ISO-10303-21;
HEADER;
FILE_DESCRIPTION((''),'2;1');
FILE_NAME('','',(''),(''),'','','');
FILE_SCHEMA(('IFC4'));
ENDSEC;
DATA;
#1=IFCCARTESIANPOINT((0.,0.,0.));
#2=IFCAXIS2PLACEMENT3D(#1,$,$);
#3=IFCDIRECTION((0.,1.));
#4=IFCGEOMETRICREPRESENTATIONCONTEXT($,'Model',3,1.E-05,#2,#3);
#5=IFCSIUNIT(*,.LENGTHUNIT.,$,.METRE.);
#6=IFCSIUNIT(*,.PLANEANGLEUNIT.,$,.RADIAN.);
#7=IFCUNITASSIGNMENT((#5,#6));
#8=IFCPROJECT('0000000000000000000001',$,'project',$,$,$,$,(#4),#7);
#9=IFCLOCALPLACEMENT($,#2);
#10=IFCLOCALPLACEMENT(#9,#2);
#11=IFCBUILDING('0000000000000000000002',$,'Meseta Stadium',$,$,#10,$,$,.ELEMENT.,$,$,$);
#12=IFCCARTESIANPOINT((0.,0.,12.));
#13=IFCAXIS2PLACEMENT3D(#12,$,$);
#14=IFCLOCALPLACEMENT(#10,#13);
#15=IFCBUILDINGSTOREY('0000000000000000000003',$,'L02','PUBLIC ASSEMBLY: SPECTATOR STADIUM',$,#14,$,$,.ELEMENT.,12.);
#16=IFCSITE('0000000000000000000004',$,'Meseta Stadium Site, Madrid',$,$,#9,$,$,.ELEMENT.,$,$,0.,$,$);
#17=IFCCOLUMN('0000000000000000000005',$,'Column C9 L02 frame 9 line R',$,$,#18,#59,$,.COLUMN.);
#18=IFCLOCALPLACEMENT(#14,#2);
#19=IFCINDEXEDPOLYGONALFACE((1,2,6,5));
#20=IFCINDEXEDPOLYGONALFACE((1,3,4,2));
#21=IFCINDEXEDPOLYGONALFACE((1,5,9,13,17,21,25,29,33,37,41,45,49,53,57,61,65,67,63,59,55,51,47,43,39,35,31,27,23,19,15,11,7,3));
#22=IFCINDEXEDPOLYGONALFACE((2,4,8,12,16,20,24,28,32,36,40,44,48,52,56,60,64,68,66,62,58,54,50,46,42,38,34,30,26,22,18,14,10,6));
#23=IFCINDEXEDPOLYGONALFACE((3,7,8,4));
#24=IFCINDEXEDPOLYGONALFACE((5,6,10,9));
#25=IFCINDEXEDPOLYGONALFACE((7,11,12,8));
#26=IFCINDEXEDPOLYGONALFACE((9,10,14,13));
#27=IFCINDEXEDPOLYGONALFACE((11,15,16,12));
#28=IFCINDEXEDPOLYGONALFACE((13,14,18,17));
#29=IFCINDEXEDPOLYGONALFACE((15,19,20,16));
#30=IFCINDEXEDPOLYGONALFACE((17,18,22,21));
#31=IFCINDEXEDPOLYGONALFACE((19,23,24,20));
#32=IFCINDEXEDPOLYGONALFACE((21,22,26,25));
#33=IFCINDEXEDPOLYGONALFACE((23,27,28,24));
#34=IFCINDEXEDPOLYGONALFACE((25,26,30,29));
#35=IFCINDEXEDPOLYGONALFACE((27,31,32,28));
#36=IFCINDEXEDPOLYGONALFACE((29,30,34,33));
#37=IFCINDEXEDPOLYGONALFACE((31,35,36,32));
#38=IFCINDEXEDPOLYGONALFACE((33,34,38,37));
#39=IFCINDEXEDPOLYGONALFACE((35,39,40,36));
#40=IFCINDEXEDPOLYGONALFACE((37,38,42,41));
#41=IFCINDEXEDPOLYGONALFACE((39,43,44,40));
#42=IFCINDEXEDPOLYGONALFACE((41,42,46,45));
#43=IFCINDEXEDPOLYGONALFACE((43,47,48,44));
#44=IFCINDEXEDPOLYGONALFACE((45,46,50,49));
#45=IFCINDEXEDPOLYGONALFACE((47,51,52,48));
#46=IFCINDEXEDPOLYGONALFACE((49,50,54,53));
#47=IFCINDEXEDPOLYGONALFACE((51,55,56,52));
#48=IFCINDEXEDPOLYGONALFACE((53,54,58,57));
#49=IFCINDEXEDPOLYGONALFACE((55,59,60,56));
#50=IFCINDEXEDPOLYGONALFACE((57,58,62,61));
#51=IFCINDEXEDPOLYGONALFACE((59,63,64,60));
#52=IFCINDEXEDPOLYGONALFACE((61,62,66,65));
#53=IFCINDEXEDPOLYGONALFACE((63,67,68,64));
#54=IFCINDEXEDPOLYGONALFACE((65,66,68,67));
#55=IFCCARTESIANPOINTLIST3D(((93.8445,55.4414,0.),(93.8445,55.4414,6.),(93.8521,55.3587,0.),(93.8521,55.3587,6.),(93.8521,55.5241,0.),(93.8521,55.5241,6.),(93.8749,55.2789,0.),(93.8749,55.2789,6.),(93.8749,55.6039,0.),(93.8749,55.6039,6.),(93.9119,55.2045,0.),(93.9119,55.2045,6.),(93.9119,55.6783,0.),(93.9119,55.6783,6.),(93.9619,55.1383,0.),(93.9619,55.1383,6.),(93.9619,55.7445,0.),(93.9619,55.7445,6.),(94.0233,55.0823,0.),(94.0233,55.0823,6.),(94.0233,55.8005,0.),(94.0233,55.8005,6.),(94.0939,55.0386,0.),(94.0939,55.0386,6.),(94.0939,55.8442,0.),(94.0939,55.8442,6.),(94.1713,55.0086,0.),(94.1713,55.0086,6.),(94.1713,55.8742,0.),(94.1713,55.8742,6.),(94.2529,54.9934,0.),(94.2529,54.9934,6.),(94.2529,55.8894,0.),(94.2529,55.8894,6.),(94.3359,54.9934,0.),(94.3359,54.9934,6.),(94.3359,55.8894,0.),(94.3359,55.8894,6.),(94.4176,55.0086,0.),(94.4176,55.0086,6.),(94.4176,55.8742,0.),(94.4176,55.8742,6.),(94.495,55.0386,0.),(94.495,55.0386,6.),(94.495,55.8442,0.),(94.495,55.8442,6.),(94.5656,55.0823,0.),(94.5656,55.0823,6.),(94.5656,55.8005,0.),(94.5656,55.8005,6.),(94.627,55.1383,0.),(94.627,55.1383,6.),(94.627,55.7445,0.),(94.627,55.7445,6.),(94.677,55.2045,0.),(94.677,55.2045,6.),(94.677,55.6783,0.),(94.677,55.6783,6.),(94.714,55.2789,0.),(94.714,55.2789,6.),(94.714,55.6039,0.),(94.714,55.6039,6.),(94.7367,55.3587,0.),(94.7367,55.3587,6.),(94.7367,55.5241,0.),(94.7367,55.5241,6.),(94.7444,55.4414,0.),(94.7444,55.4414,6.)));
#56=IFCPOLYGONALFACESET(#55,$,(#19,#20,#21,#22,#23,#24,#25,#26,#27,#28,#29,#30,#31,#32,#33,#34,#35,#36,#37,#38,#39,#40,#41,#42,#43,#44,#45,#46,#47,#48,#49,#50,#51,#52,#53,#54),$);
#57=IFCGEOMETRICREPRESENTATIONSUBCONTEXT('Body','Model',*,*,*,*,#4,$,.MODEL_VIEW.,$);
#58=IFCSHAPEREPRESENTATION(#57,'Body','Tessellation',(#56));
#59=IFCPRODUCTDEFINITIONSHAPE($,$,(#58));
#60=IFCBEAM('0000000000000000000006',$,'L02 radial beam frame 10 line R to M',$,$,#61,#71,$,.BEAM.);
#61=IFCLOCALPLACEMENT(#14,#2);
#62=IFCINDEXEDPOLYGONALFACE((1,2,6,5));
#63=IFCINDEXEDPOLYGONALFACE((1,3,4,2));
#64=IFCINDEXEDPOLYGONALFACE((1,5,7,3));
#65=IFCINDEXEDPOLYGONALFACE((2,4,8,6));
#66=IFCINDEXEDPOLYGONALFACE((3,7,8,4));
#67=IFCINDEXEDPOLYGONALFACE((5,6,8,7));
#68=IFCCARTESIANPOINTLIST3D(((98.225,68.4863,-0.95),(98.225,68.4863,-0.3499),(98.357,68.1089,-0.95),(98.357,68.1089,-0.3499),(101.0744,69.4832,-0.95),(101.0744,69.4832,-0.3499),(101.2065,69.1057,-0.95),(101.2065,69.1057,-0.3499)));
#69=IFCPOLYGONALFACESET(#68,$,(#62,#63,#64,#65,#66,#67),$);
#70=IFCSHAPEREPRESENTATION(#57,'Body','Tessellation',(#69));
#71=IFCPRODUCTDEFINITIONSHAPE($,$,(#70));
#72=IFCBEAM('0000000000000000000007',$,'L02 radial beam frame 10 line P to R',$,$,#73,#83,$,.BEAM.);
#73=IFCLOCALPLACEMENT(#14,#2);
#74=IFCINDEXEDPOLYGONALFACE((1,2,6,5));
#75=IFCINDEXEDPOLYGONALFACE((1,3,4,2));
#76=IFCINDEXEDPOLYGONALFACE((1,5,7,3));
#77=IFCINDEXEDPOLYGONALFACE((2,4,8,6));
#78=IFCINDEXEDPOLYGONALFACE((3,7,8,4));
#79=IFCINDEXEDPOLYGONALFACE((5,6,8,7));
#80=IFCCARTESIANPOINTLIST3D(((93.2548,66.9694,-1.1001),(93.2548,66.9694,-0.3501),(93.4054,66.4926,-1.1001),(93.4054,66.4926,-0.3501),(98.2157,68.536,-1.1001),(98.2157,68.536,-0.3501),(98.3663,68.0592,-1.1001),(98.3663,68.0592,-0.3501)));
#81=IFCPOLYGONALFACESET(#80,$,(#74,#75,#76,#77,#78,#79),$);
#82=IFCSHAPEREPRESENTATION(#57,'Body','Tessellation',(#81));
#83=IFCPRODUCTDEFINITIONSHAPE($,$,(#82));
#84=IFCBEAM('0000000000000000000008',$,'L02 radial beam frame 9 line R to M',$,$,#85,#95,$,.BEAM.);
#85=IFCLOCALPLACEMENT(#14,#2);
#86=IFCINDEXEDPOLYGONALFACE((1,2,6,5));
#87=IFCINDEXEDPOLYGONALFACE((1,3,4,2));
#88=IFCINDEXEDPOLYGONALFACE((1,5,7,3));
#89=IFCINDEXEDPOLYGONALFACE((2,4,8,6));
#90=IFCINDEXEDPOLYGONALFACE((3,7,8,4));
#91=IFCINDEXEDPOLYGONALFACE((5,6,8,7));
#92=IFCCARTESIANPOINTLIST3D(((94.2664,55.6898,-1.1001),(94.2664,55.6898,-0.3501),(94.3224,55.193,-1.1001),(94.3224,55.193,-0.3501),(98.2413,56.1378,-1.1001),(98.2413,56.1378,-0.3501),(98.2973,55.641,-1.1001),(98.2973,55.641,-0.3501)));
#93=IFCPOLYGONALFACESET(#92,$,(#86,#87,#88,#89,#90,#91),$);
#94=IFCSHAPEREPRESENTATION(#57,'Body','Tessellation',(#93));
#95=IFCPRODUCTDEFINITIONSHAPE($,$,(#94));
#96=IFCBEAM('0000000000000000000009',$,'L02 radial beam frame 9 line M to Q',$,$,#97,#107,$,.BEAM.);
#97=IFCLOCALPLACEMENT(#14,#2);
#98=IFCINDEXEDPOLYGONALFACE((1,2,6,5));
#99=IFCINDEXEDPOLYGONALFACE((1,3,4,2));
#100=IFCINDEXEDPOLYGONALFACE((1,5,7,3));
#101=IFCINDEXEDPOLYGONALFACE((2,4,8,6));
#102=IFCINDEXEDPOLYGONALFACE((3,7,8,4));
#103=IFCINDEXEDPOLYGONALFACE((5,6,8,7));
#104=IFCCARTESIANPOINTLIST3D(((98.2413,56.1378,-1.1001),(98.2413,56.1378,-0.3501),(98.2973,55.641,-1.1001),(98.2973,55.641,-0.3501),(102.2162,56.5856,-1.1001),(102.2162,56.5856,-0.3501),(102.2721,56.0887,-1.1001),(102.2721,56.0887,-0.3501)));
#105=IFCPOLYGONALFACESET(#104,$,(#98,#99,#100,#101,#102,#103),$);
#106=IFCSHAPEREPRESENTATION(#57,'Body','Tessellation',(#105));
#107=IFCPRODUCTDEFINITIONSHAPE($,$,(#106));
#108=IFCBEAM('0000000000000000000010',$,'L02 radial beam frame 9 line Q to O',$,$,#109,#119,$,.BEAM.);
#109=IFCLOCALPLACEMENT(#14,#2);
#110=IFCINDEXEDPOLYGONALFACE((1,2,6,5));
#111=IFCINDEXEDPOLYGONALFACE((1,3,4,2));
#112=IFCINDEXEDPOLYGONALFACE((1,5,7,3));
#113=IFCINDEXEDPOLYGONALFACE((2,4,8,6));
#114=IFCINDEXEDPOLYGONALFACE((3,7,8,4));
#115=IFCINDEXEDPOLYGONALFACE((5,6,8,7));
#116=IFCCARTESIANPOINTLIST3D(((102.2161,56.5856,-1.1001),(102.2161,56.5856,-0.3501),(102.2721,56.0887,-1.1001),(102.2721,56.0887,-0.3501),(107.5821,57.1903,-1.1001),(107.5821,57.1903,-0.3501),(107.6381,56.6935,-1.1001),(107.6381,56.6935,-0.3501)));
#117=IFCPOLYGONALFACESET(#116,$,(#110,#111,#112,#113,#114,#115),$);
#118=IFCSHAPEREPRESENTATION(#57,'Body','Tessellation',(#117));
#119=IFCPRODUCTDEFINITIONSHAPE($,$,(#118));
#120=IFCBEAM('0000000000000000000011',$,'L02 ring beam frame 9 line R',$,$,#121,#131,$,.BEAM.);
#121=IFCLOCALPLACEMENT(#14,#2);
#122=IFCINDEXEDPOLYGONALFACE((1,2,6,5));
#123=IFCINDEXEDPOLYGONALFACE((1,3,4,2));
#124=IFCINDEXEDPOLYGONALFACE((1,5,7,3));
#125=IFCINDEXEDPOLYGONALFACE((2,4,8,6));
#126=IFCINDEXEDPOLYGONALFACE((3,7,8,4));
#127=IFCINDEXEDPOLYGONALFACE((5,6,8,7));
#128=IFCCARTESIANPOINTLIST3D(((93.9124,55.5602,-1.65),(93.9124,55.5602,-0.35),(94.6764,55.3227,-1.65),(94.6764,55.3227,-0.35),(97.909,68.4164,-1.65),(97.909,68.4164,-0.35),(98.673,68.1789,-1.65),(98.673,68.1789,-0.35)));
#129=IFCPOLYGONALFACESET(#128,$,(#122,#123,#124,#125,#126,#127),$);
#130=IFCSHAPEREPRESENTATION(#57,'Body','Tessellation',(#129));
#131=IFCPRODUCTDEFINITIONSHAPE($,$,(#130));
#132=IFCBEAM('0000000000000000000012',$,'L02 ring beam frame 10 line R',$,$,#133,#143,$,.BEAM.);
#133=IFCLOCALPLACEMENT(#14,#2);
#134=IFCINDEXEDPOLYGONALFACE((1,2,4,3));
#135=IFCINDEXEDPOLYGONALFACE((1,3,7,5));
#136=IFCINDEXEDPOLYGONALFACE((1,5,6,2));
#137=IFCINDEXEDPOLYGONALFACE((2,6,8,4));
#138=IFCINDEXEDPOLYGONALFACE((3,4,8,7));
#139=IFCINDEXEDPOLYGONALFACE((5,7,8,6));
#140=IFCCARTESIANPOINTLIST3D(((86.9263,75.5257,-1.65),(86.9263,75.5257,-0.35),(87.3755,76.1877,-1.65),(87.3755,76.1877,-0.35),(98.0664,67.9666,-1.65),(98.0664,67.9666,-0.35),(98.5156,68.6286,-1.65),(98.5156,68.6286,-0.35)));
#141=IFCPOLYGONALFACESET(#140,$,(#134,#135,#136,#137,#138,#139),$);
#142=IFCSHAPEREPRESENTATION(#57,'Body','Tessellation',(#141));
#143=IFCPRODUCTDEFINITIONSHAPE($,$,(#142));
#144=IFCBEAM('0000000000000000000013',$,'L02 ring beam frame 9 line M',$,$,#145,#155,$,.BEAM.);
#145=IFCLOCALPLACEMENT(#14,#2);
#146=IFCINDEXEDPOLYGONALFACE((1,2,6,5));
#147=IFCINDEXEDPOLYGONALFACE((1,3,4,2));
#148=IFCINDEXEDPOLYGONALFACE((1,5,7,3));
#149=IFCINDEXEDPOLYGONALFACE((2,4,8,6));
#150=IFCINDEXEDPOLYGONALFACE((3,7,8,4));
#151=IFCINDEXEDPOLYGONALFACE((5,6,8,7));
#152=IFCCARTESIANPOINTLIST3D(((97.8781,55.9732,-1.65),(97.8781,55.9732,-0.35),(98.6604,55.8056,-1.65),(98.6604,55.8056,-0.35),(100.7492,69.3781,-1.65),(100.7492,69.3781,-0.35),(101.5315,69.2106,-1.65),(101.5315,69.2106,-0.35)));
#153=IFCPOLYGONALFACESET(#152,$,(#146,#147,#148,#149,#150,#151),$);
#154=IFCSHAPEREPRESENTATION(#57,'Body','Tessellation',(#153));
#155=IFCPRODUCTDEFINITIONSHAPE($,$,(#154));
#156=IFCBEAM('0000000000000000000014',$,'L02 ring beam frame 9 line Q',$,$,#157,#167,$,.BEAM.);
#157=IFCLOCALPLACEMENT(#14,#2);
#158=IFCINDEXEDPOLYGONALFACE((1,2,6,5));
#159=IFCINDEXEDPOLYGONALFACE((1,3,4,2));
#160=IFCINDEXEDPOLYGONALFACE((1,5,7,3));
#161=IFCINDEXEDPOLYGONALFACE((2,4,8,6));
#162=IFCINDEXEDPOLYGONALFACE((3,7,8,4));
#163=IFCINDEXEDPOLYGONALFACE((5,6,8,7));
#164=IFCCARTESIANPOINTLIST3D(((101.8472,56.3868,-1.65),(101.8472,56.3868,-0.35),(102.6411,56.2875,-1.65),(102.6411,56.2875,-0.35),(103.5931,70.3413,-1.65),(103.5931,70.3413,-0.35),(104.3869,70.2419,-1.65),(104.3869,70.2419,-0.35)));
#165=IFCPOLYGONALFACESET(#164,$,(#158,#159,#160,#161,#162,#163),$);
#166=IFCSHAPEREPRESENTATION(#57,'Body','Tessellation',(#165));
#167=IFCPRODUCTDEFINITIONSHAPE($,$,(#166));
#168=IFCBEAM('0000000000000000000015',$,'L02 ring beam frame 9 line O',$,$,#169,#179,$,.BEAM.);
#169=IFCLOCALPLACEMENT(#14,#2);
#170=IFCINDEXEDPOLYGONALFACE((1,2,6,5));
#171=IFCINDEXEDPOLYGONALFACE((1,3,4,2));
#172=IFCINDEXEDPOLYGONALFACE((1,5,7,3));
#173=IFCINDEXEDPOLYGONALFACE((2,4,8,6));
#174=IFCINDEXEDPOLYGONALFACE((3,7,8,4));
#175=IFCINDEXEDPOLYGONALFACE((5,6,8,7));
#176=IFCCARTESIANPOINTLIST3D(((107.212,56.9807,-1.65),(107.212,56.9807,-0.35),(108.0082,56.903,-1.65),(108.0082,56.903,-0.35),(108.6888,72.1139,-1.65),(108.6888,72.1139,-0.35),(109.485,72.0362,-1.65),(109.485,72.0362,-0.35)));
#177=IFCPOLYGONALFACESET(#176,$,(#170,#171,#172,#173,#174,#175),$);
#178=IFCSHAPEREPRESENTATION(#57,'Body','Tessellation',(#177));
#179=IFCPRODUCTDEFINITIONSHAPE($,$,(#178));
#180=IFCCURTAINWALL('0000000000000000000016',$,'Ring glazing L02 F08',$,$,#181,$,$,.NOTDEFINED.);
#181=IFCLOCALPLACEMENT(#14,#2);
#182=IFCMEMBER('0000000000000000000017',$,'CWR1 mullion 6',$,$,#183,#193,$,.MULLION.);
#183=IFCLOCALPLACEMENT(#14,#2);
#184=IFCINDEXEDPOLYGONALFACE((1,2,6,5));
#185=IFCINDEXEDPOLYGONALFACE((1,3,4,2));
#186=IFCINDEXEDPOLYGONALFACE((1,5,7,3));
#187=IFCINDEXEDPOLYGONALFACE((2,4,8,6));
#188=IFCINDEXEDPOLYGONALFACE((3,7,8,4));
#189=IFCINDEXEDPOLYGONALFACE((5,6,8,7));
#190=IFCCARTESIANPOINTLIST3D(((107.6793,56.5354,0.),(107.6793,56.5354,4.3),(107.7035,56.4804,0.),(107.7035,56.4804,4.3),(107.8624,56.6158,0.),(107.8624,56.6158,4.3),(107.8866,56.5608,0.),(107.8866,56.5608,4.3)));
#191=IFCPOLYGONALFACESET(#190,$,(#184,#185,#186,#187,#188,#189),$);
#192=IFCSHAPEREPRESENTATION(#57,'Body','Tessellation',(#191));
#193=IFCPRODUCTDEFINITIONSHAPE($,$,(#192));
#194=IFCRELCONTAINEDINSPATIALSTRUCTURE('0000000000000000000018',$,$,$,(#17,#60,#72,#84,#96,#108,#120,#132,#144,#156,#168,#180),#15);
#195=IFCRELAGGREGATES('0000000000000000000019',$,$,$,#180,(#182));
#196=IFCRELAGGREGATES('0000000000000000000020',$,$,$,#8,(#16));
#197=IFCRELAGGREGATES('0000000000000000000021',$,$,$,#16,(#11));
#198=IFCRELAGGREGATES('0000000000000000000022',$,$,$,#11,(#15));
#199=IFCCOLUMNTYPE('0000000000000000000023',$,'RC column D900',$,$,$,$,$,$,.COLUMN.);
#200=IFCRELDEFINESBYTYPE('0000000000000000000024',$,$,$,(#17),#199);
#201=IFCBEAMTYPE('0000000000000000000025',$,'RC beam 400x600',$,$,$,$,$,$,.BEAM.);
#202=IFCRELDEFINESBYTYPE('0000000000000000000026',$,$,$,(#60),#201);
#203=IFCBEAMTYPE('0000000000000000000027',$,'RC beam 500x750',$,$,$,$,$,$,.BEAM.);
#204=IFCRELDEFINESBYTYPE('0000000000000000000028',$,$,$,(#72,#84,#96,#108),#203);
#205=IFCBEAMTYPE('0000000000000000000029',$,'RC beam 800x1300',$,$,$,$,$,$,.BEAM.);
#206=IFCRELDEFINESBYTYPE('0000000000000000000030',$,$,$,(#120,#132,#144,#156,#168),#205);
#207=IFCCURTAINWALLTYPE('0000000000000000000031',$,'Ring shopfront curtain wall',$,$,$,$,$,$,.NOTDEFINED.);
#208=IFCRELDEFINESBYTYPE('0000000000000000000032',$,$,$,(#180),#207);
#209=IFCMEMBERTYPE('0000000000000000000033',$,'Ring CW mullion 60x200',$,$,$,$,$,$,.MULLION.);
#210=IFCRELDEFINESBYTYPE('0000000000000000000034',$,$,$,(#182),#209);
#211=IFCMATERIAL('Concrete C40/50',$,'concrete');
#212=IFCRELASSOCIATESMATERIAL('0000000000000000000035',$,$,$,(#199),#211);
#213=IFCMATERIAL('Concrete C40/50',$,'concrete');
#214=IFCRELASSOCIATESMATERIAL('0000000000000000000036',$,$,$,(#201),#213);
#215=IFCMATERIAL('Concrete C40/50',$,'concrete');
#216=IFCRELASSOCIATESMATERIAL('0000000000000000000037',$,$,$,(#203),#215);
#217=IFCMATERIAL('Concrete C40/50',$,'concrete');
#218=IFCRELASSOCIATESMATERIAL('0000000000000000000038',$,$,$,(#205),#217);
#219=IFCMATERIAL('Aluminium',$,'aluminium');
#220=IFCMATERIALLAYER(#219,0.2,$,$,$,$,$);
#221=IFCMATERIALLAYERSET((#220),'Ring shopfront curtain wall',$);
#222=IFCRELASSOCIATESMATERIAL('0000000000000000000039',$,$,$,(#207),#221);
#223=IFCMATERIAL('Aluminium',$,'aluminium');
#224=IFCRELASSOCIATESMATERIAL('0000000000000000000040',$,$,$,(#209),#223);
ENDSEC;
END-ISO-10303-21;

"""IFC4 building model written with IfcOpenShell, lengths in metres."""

from ifc_helpers import new_model, si_unit, direction, frame, origin, origin_2d, place, context, subcontext, project, spatial, rectangle, circle, extrude, material, layer, layer_set, material_profile, profile_set, type_object, element, aggregate, save


model = new_model("IFC4")

# Units and contexts
model_context = context("Model", 3, precision=1e-05, world=origin(), true_north=direction((0.0, 1.0)))
body_context = subcontext(model_context, "Body", "Model", "MODEL_VIEW")
ifc_project = project(units=[si_unit("LENGTHUNIT", "METRE"), si_unit("PLANEANGLEUNIT", "RADIAN")], contexts=[model_context])

# Site, building, storey
site_placement = place(None, origin())
site = spatial("IfcSite", under=ifc_project, at=site_placement, Name="Meseta Stadium Site, Madrid", CompositionType="ELEMENT", RefElevation=0.0)
building_placement = place(site_placement, origin())
building = spatial("IfcBuilding", under=site, at=building_placement, Name="Meseta Stadium", CompositionType="ELEMENT")
storey_placement = place(building_placement, frame((0.0, 0.0, 12.0)))
storey = spatial("IfcBuildingStorey", under=building, at=storey_placement, Name="L02", Description="PUBLIC ASSEMBLY: SPECTATOR STADIUM", CompositionType="ELEMENT", Elevation=12.0)

# Column
ifc_material_1 = material(Name="Concrete C40/50", Category="concrete")
ifc_material_profile_1 = material_profile(ifc_material_1, circle(Radius=0.45, at=origin_2d()), Name="RC D900")
ifc_profile_set_1 = profile_set([ifc_material_profile_1], Name="Concrete C40/50")
column_type_1 = type_object("IfcColumnType", Name="RC column D900", PredefinedType="COLUMN", material=ifc_profile_set_1)
column_1_placement = place(storey_placement, frame((94.2944, 55.4414, 0.0), z_axis=(0.0, 0.0, 1.0), x_axis=(1.0, 0.0, 0.0)))
element("IfcColumn", 1, at=column_1_placement, inside=storey, type_object=column_type_1, Name="Column C9 L02 frame 9 line R", PredefinedType="COLUMN", context=body_context, shape_type="SweptSolid", body=[
    extrude(circle(Radius=0.45, at=origin_2d()), origin(), (0.0, 0.0, 1.0), 6.0),
])

# Beams
ifc_material_2 = material(Name="Concrete C40/50", Category="concrete")
ifc_material_profile_2 = material_profile(ifc_material_2, rectangle(XDim=0.3999, YDim=0.6001, at=origin_2d()), Name="RC 400x600")
ifc_profile_set_2 = profile_set([ifc_material_profile_2], Name="Concrete C40/50")
beam_type_1 = type_object("IfcBeamType", Name="RC beam 400x600", PredefinedType="BEAM", material=ifc_profile_set_2)
beam_1_placement = place(storey_placement, frame((98.291, 68.2976, -0.6499), z_axis=(0.943905, 0.330217, 0.0), x_axis=(-0.330217, 0.943905, 0.0)))
element("IfcBeam", 2, at=beam_1_placement, inside=storey, type_object=beam_type_1, Name="L02 radial beam frame 10 line R to M", PredefinedType="BEAM", context=body_context, shape_type="SweptSolid", body=[
    extrude(rectangle(XDim=0.3999, YDim=0.6001, at=origin_2d()), origin(), (0.0, 0.0, 1.0), 3.0188),
])
ifc_material_3 = material(Name="Concrete C40/50", Category="concrete")
ifc_material_profile_3 = material_profile(ifc_material_3, rectangle(XDim=0.5, YDim=0.75, at=origin_2d()), Name="RC 500x750")
ifc_profile_set_3 = profile_set([ifc_material_profile_3], Name="Concrete C40/50")
beam_type_2 = type_object("IfcBeamType", Name="RC beam 500x750", PredefinedType="BEAM", material=ifc_profile_set_3)
beam_2_placement = place(storey_placement, frame((93.3301, 66.731, -0.7251), z_axis=(0.953581, 0.301138, 0.0), x_axis=(-0.301138, 0.953581, 0.0)))
element("IfcBeam", 3, at=beam_2_placement, inside=storey, type_object=beam_type_2, Name="L02 radial beam frame 10 line P to R", PredefinedType="BEAM", context=body_context, shape_type="SweptSolid", body=[
    extrude(rectangle(XDim=0.5, YDim=0.75, at=origin_2d()), origin(), (0.0, 0.0, 1.0), 5.2024),
])
for number, where, z_axis, x_axis, name in (
    (4, (94.2944, 55.4414, -0.7251), (0.993708, 0.111999, 0.0), (-0.111999, 0.993708, 0.0), "L02 radial beam frame 9 line R to M"),
    (5, (98.2693, 55.8894, -0.7251), (0.993715, 0.111939, 0.0), (-0.111939, 0.993715, 0.0), "L02 radial beam frame 9 line M to Q"),
):
    element("IfcBeam", number, at=place(storey_placement, frame(where, z_axis=z_axis, x_axis=x_axis)), inside=storey, type_object=beam_type_2, Name=name, PredefinedType="BEAM", context=body_context, shape_type="SweptSolid", body=[
        extrude(rectangle(XDim=0.5, YDim=0.75, at=origin_2d()), origin(), (0.0, 0.0, 1.0), 4.0),
    ])
beam_3_placement = place(storey_placement, frame((102.2441, 56.3372, -0.7251), z_axis=(0.993709, 0.11199, 0.0), x_axis=(-0.11199, 0.993709, 0.0)))
element("IfcBeam", 6, at=beam_3_placement, inside=storey, type_object=beam_type_2, Name="L02 radial beam frame 9 line Q to O", PredefinedType="BEAM", context=body_context, shape_type="SweptSolid", body=[
    extrude(rectangle(XDim=0.5, YDim=0.75, at=origin_2d()), origin(), (0.0, 0.0, 1.0), 5.3999),
])
ifc_material_4 = material(Name="Concrete C40/50", Category="concrete")
ifc_material_profile_4 = material_profile(ifc_material_4, rectangle(XDim=0.8, YDim=1.3, at=origin_2d()), Name="RC 800x1300")
ifc_profile_set_4 = profile_set([ifc_material_profile_4], Name="Concrete C40/50")
beam_type_3 = type_object("IfcBeamType", Name="RC beam 800x1300", PredefinedType="BEAM", material=ifc_profile_set_4)
beam_4_placement = place(storey_placement, frame((94.2944, 55.4414, -1.0), z_axis=(0.296855, 0.954923, 0.0), x_axis=(-0.954923, 0.296855, 0.0)))
element("IfcBeam", 7, at=beam_4_placement, inside=storey, type_object=beam_type_3, Name="L02 ring beam frame 9 line R", PredefinedType="BEAM", context=body_context, shape_type="SweptSolid", body=[
    extrude(rectangle(XDim=0.8, YDim=1.3, at=origin_2d()), origin(), (0.0, 0.0, 1.0), 13.4631),
])
beam_5_placement = place(storey_placement, frame((98.291, 68.2976, -1.0), z_axis=(-0.827486, 0.561486, 0.0), x_axis=(-0.561486, -0.827486, 0.0)))
element("IfcBeam", 8, at=beam_5_placement, inside=storey, type_object=beam_type_3, Name="L02 ring beam frame 10 line R", PredefinedType="BEAM", context=body_context, shape_type="SweptSolid", body=[
    extrude(rectangle(XDim=0.8, YDim=1.3, at=origin_2d()), origin(), (0.0, 0.0, 1.0), 13.4626),
])
beam_6_placement = place(storey_placement, frame((98.2693, 55.8894, -1.0), z_axis=(0.209431, 0.977824, 0.0), x_axis=(-0.977824, 0.209431, 0.0)))
element("IfcBeam", 9, at=beam_6_placement, inside=storey, type_object=beam_type_3, Name="L02 ring beam frame 9 line M", PredefinedType="BEAM", context=body_context, shape_type="SweptSolid", body=[
    extrude(rectangle(XDim=0.8, YDim=1.3, at=origin_2d()), origin(), (0.0, 0.0, 1.0), 13.709),
])
beam_7_placement = place(storey_placement, frame((102.2441, 56.3372, -1.0), z_axis=(0.124144, 0.992264, 0.0), x_axis=(-0.992264, 0.124144, 0.0)))
element("IfcBeam", 10, at=beam_7_placement, inside=storey, type_object=beam_type_3, Name="L02 ring beam frame 9 line Q", PredefinedType="BEAM", context=body_context, shape_type="SweptSolid", body=[
    extrude(rectangle(XDim=0.8, YDim=1.3, at=origin_2d()), origin(), (0.0, 0.0, 1.0), 14.0632),
])
beam_8_placement = place(storey_placement, frame((107.6101, 56.9419, -1.0), z_axis=(0.097125, 0.995272, 0.0), x_axis=(-0.995272, 0.097125, 0.0)))
element("IfcBeam", 11, at=beam_8_placement, inside=storey, type_object=beam_type_3, Name="L02 ring beam frame 9 line O", PredefinedType="BEAM", context=body_context, shape_type="SweptSolid", body=[
    extrude(rectangle(XDim=0.8, YDim=1.3, at=origin_2d()), origin(), (0.0, 0.0, 1.0), 15.2051),
])

# Curtain wall, member
ifc_material_5 = material(Name="Aluminium", Category="aluminium")
ifc_layer_1 = layer(ifc_material_5, 0.2)
ifc_layer_set_1 = layer_set([ifc_layer_1], Name="Ring shopfront curtain wall")
curtain_wall_type = type_object("IfcCurtainWallType", Name="Ring shopfront curtain wall", PredefinedType="NOTDEFINED", material=ifc_layer_set_1)
curtain_wall_1_placement = place(storey_placement, origin())
curtain_wall_1 = element("IfcCurtainWall", 12, at=curtain_wall_1_placement, inside=storey, type_object=curtain_wall_type, Name="Ring glazing L02 F08", PredefinedType="NOTDEFINED")
ifc_material_6 = material(Name="Aluminium", Category="aluminium")
ifc_material_profile_5 = material_profile(ifc_material_6, rectangle(XDim=0.2, YDim=0.0601, at=origin_2d()), Name="CW 200x60")
ifc_profile_set_5 = profile_set([ifc_material_profile_5], Name="Aluminium")
member_type_1 = type_object("IfcMemberType", Name="Ring CW mullion 60x200", PredefinedType="MULLION", material=ifc_profile_set_5)
member_1_placement = place(storey_placement, frame((107.783, 56.5481, 0.0), z_axis=(0.0, 0.0, 1.0), x_axis=(-0.915687, -0.401892, 0.0)))
member_1 = element("IfcMember", 13, at=member_1_placement, type_object=member_type_1, Name="CWR1 mullion 6", PredefinedType="MULLION", context=body_context, shape_type="SweptSolid", body=[
    extrude(rectangle(XDim=0.2, YDim=0.0601, at=origin_2d()), origin(), (0.0, 0.0, 1.0), 4.3),
])
aggregate(curtain_wall_1, [member_1])

save(model, "model.ifc")
